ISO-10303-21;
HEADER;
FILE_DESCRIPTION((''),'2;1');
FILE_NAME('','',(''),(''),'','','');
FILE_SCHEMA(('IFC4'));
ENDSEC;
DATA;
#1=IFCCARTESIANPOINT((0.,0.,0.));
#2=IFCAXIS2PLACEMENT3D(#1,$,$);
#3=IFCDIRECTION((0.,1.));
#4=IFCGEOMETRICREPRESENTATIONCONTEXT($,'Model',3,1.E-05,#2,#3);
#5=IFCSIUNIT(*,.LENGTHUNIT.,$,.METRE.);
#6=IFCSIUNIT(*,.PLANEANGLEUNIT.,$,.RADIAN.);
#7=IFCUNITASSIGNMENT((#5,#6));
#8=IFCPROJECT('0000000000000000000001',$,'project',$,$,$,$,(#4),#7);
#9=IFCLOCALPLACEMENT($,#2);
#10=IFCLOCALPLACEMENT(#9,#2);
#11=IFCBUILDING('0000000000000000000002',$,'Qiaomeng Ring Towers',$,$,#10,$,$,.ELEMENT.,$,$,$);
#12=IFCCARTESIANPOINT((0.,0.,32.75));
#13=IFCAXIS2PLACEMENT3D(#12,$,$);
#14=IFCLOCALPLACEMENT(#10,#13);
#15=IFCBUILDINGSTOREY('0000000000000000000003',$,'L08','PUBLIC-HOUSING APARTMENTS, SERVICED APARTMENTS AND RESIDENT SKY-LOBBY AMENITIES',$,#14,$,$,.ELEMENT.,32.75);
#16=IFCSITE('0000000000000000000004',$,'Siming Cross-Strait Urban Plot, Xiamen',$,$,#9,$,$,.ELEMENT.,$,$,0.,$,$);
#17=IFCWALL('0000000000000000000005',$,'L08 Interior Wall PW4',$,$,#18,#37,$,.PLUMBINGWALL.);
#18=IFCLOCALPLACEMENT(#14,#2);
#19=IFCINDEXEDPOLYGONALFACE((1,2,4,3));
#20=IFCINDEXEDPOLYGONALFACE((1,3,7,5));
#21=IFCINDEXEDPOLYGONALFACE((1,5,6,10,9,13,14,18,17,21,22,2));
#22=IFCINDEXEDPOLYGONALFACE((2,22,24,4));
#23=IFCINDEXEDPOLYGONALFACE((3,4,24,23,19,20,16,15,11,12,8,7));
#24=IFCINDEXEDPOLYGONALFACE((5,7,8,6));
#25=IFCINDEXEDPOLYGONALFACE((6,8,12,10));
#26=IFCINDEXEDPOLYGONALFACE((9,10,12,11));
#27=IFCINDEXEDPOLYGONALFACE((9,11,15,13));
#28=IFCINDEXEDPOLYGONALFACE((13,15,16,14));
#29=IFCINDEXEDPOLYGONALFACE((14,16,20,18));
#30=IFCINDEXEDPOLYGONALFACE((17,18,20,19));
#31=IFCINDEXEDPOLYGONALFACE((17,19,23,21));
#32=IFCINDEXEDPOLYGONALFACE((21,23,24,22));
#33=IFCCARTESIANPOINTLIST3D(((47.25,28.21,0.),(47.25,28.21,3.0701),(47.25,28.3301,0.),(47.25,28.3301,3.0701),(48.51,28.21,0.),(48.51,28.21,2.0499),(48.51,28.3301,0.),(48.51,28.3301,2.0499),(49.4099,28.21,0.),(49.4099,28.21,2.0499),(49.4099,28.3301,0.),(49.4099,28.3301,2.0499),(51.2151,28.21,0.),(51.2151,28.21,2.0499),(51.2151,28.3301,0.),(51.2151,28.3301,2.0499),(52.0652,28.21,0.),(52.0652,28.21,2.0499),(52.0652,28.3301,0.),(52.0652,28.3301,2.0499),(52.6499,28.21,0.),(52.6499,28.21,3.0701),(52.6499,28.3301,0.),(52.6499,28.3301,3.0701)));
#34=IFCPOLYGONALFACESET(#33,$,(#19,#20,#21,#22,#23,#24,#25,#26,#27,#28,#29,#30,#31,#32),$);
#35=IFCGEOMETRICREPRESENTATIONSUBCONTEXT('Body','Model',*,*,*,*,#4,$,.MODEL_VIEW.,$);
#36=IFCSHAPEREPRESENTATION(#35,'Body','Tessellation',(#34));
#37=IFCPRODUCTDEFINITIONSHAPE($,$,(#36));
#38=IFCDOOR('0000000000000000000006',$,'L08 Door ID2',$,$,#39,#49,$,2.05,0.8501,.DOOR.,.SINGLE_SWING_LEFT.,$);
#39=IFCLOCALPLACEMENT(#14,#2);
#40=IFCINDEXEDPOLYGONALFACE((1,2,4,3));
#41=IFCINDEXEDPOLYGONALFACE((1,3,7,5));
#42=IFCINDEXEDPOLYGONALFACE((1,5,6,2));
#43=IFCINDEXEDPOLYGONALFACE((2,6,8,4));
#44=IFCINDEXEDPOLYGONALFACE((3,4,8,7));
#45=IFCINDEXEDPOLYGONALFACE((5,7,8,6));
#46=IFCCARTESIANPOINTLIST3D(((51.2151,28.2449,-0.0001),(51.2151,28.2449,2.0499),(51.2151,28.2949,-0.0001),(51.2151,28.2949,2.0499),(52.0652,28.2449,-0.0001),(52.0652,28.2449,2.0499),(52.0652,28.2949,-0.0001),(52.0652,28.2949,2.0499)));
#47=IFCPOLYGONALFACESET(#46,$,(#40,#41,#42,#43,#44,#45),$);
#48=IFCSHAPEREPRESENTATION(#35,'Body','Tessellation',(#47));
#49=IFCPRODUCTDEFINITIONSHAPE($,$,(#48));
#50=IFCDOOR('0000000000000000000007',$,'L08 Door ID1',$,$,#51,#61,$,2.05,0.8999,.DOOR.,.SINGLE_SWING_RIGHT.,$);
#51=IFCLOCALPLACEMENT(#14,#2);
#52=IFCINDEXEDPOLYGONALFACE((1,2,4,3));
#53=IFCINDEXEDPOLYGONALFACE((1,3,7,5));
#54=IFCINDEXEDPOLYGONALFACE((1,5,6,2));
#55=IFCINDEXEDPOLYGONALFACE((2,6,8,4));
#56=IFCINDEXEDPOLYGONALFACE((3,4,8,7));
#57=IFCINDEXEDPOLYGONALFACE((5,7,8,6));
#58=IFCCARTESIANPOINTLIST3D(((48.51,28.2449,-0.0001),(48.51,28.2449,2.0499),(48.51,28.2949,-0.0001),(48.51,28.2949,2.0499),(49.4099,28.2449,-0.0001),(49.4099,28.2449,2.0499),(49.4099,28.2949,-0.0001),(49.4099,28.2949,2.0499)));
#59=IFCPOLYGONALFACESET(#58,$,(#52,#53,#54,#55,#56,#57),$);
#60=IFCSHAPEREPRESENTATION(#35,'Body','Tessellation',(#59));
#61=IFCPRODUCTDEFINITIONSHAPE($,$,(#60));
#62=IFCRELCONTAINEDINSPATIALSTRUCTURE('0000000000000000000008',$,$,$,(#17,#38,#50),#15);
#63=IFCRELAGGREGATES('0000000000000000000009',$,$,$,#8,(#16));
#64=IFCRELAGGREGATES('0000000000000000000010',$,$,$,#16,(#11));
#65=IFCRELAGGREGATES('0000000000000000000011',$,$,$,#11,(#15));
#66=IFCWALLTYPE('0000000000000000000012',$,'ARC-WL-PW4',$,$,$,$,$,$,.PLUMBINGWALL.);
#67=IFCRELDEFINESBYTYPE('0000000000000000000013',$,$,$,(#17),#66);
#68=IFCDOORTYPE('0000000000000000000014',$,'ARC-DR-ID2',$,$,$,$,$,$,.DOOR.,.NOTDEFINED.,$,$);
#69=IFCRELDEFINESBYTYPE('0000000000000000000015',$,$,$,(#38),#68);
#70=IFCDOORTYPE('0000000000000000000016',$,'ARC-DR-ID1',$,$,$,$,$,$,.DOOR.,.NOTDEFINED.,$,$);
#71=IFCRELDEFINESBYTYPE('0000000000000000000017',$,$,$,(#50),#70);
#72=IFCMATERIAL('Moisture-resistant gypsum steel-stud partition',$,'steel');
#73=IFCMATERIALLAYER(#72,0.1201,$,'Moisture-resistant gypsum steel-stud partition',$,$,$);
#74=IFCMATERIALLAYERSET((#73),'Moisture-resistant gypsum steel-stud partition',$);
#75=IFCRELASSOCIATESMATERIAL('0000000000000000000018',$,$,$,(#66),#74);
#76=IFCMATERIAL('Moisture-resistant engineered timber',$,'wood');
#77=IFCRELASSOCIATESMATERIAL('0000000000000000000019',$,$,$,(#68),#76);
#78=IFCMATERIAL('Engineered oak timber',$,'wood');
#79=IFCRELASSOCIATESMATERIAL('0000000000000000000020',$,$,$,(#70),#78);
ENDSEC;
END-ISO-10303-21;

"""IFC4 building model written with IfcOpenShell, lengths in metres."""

from ifc_helpers import new_model, si_unit, direction, frame, frame_2d, origin, place, context, subcontext, project, spatial, rectangle, extrude, source, transform, mapped, material, layer, layer_set, type_object, element, fill, save


model = new_model("IFC4")

# Units and contexts
model_context = context("Model", 3, precision=1e-05, world=origin(), true_north=direction((0.0, 1.0)))
body_context = subcontext(model_context, "Body", "Model", "MODEL_VIEW")
ifc_project = project(units=[si_unit("LENGTHUNIT", "METRE"), si_unit("PLANEANGLEUNIT", "RADIAN")], contexts=[model_context])

# Site, building, storey
site_placement = place(None, origin())
site = spatial("IfcSite", under=ifc_project, at=site_placement, Name="Siming Cross-Strait Urban Plot, Xiamen", CompositionType="ELEMENT", RefElevation=0.0)
building_placement = place(site_placement, origin())
building = spatial("IfcBuilding", under=site, at=building_placement, Name="Qiaomeng Ring Towers", CompositionType="ELEMENT")
storey_placement = place(building_placement, frame((0.0, 0.0, 32.75)))
storey = spatial("IfcBuildingStorey", under=building, at=storey_placement, Name="L08", Description="PUBLIC-HOUSING APARTMENTS, SERVICED APARTMENTS AND RESIDENT SKY-LOBBY AMENITIES", CompositionType="ELEMENT", Elevation=32.75)

# Shared definitions
ifc_material_1 = material(Name="Moisture-resistant gypsum steel-stud partition", Category="steel")
ifc_layer_1 = layer(ifc_material_1, 0.1201, Name="Moisture-resistant gypsum steel-stud partition")
ifc_layer_set_1 = layer_set([ifc_layer_1], Name="Moisture-resistant gypsum steel-stud partition")
wall_type_1 = type_object("IfcWallType", Name="ARC-WL-PW4", PredefinedType="PLUMBINGWALL", material=ifc_layer_set_1)
ifc_material_2 = material(Name="Moisture-resistant engineered timber", Category="wood")
door_type_1 = type_object("IfcDoorType", Name="ARC-DR-ID2", OperationType="NOTDEFINED", PredefinedType="DOOR", material=ifc_material_2)
shared_shape_1 = source(origin(), body_context, "Body", "SweptSolid", [
    extrude(rectangle(XDim=0.8501, YDim=2.05, at=frame_2d((0.425, 1.0249))), frame((0.0, 0.0249, 0.0), z_axis=(0.0, -1.0, 0.0), x_axis=(1.0, 0.0, 0.0)), (0.0, 0.0, 1.0), 0.05),
])
ifc_material_3 = material(Name="Engineered oak timber", Category="wood")
door_type_2 = type_object("IfcDoorType", Name="ARC-DR-ID1", OperationType="NOTDEFINED", PredefinedType="DOOR", material=ifc_material_3)
shared_shape_2 = source(origin(), body_context, "Body", "SweptSolid", [
    extrude(rectangle(XDim=0.8999, YDim=2.05, at=frame_2d((0.45, 1.0249))), frame((0.0, 0.0249, 0.0), z_axis=(0.0, -1.0, 0.0), x_axis=(1.0, 0.0, 0.0)), (0.0, 0.0, 1.0), 0.05),
])

# Wall, openings, doors
wall_1_placement = place(storey_placement, frame((47.25, 28.27, 0.0), z_axis=(0.0, 0.0, 1.0), x_axis=(1.0, 0.0, 0.0)))
wall_1 = element("IfcWall", 1, at=wall_1_placement, inside=storey, type_object=wall_type_1, Name="L08 Interior Wall PW4", PredefinedType="PLUMBINGWALL", context=body_context, shape_type="SweptSolid", body=[
    extrude(rectangle(XDim=5.3999, YDim=0.1201, at=frame_2d((2.7, 0.0))), origin(), (0.0, 0.0, 1.0), 3.0701),
])
opening_1_placement = place(wall_1_placement, frame((1.26, 0.0, 0.0)))
opening_1 = element("IfcOpeningElement", 2, at=opening_1_placement, cuts=wall_1, PredefinedType="OPENING", context=body_context, shape_type="SweptSolid", body=[
    extrude(rectangle(XDim=0.8999, YDim=2.05, at=frame_2d((0.45, 1.0249))), frame((0.0, 0.0701, 0.0), z_axis=(0.0, -1.0, 0.0), x_axis=(1.0, 0.0, 0.0)), (0.0, 0.0, 1.0), 0.1401),
])
opening_2_placement = place(wall_1_placement, frame((3.9651, 0.0, 0.0)))
opening_2 = element("IfcOpeningElement", 3, at=opening_2_placement, cuts=wall_1, PredefinedType="OPENING", context=body_context, shape_type="SweptSolid", body=[
    extrude(rectangle(XDim=0.8501, YDim=2.05, at=frame_2d((0.425, 1.0249))), frame((0.0, 0.0701, 0.0), z_axis=(0.0, -1.0, 0.0), x_axis=(1.0, 0.0, 0.0)), (0.0, 0.0, 1.0), 0.1401),
])
door_1_placement = place(opening_2_placement, origin())
door_1 = element("IfcDoor", 4, at=door_1_placement, inside=storey, type_object=door_type_1, Name="L08 Door ID2", OperationType="SINGLE_SWING_LEFT", OverallHeight=2.05, OverallWidth=0.8501, PredefinedType="DOOR", context=body_context, shape_type="MappedRepresentation", body=[
    mapped(shared_shape_1, transform((0.0, 0.0, 0.0), x_axis=(1.0, 0.0, 0.0), y_axis=(0.0, 1.0, 0.0), z_axis=(0.0, 0.0, 1.0), scale=1.0)),
])
fill(opening_2, door_1)
door_2_placement = place(opening_1_placement, origin())
door_2 = element("IfcDoor", 5, at=door_2_placement, inside=storey, type_object=door_type_2, Name="L08 Door ID1", OperationType="SINGLE_SWING_RIGHT", OverallHeight=2.05, OverallWidth=0.8999, PredefinedType="DOOR", context=body_context, shape_type="MappedRepresentation", body=[
    mapped(shared_shape_2, transform((0.0, 0.0, 0.0), x_axis=(1.0, 0.0, 0.0), y_axis=(0.0, 1.0, 0.0), z_axis=(0.0, 0.0, 1.0), scale=1.0)),
])
fill(opening_1, door_2)

save(model, "model.ifc")
